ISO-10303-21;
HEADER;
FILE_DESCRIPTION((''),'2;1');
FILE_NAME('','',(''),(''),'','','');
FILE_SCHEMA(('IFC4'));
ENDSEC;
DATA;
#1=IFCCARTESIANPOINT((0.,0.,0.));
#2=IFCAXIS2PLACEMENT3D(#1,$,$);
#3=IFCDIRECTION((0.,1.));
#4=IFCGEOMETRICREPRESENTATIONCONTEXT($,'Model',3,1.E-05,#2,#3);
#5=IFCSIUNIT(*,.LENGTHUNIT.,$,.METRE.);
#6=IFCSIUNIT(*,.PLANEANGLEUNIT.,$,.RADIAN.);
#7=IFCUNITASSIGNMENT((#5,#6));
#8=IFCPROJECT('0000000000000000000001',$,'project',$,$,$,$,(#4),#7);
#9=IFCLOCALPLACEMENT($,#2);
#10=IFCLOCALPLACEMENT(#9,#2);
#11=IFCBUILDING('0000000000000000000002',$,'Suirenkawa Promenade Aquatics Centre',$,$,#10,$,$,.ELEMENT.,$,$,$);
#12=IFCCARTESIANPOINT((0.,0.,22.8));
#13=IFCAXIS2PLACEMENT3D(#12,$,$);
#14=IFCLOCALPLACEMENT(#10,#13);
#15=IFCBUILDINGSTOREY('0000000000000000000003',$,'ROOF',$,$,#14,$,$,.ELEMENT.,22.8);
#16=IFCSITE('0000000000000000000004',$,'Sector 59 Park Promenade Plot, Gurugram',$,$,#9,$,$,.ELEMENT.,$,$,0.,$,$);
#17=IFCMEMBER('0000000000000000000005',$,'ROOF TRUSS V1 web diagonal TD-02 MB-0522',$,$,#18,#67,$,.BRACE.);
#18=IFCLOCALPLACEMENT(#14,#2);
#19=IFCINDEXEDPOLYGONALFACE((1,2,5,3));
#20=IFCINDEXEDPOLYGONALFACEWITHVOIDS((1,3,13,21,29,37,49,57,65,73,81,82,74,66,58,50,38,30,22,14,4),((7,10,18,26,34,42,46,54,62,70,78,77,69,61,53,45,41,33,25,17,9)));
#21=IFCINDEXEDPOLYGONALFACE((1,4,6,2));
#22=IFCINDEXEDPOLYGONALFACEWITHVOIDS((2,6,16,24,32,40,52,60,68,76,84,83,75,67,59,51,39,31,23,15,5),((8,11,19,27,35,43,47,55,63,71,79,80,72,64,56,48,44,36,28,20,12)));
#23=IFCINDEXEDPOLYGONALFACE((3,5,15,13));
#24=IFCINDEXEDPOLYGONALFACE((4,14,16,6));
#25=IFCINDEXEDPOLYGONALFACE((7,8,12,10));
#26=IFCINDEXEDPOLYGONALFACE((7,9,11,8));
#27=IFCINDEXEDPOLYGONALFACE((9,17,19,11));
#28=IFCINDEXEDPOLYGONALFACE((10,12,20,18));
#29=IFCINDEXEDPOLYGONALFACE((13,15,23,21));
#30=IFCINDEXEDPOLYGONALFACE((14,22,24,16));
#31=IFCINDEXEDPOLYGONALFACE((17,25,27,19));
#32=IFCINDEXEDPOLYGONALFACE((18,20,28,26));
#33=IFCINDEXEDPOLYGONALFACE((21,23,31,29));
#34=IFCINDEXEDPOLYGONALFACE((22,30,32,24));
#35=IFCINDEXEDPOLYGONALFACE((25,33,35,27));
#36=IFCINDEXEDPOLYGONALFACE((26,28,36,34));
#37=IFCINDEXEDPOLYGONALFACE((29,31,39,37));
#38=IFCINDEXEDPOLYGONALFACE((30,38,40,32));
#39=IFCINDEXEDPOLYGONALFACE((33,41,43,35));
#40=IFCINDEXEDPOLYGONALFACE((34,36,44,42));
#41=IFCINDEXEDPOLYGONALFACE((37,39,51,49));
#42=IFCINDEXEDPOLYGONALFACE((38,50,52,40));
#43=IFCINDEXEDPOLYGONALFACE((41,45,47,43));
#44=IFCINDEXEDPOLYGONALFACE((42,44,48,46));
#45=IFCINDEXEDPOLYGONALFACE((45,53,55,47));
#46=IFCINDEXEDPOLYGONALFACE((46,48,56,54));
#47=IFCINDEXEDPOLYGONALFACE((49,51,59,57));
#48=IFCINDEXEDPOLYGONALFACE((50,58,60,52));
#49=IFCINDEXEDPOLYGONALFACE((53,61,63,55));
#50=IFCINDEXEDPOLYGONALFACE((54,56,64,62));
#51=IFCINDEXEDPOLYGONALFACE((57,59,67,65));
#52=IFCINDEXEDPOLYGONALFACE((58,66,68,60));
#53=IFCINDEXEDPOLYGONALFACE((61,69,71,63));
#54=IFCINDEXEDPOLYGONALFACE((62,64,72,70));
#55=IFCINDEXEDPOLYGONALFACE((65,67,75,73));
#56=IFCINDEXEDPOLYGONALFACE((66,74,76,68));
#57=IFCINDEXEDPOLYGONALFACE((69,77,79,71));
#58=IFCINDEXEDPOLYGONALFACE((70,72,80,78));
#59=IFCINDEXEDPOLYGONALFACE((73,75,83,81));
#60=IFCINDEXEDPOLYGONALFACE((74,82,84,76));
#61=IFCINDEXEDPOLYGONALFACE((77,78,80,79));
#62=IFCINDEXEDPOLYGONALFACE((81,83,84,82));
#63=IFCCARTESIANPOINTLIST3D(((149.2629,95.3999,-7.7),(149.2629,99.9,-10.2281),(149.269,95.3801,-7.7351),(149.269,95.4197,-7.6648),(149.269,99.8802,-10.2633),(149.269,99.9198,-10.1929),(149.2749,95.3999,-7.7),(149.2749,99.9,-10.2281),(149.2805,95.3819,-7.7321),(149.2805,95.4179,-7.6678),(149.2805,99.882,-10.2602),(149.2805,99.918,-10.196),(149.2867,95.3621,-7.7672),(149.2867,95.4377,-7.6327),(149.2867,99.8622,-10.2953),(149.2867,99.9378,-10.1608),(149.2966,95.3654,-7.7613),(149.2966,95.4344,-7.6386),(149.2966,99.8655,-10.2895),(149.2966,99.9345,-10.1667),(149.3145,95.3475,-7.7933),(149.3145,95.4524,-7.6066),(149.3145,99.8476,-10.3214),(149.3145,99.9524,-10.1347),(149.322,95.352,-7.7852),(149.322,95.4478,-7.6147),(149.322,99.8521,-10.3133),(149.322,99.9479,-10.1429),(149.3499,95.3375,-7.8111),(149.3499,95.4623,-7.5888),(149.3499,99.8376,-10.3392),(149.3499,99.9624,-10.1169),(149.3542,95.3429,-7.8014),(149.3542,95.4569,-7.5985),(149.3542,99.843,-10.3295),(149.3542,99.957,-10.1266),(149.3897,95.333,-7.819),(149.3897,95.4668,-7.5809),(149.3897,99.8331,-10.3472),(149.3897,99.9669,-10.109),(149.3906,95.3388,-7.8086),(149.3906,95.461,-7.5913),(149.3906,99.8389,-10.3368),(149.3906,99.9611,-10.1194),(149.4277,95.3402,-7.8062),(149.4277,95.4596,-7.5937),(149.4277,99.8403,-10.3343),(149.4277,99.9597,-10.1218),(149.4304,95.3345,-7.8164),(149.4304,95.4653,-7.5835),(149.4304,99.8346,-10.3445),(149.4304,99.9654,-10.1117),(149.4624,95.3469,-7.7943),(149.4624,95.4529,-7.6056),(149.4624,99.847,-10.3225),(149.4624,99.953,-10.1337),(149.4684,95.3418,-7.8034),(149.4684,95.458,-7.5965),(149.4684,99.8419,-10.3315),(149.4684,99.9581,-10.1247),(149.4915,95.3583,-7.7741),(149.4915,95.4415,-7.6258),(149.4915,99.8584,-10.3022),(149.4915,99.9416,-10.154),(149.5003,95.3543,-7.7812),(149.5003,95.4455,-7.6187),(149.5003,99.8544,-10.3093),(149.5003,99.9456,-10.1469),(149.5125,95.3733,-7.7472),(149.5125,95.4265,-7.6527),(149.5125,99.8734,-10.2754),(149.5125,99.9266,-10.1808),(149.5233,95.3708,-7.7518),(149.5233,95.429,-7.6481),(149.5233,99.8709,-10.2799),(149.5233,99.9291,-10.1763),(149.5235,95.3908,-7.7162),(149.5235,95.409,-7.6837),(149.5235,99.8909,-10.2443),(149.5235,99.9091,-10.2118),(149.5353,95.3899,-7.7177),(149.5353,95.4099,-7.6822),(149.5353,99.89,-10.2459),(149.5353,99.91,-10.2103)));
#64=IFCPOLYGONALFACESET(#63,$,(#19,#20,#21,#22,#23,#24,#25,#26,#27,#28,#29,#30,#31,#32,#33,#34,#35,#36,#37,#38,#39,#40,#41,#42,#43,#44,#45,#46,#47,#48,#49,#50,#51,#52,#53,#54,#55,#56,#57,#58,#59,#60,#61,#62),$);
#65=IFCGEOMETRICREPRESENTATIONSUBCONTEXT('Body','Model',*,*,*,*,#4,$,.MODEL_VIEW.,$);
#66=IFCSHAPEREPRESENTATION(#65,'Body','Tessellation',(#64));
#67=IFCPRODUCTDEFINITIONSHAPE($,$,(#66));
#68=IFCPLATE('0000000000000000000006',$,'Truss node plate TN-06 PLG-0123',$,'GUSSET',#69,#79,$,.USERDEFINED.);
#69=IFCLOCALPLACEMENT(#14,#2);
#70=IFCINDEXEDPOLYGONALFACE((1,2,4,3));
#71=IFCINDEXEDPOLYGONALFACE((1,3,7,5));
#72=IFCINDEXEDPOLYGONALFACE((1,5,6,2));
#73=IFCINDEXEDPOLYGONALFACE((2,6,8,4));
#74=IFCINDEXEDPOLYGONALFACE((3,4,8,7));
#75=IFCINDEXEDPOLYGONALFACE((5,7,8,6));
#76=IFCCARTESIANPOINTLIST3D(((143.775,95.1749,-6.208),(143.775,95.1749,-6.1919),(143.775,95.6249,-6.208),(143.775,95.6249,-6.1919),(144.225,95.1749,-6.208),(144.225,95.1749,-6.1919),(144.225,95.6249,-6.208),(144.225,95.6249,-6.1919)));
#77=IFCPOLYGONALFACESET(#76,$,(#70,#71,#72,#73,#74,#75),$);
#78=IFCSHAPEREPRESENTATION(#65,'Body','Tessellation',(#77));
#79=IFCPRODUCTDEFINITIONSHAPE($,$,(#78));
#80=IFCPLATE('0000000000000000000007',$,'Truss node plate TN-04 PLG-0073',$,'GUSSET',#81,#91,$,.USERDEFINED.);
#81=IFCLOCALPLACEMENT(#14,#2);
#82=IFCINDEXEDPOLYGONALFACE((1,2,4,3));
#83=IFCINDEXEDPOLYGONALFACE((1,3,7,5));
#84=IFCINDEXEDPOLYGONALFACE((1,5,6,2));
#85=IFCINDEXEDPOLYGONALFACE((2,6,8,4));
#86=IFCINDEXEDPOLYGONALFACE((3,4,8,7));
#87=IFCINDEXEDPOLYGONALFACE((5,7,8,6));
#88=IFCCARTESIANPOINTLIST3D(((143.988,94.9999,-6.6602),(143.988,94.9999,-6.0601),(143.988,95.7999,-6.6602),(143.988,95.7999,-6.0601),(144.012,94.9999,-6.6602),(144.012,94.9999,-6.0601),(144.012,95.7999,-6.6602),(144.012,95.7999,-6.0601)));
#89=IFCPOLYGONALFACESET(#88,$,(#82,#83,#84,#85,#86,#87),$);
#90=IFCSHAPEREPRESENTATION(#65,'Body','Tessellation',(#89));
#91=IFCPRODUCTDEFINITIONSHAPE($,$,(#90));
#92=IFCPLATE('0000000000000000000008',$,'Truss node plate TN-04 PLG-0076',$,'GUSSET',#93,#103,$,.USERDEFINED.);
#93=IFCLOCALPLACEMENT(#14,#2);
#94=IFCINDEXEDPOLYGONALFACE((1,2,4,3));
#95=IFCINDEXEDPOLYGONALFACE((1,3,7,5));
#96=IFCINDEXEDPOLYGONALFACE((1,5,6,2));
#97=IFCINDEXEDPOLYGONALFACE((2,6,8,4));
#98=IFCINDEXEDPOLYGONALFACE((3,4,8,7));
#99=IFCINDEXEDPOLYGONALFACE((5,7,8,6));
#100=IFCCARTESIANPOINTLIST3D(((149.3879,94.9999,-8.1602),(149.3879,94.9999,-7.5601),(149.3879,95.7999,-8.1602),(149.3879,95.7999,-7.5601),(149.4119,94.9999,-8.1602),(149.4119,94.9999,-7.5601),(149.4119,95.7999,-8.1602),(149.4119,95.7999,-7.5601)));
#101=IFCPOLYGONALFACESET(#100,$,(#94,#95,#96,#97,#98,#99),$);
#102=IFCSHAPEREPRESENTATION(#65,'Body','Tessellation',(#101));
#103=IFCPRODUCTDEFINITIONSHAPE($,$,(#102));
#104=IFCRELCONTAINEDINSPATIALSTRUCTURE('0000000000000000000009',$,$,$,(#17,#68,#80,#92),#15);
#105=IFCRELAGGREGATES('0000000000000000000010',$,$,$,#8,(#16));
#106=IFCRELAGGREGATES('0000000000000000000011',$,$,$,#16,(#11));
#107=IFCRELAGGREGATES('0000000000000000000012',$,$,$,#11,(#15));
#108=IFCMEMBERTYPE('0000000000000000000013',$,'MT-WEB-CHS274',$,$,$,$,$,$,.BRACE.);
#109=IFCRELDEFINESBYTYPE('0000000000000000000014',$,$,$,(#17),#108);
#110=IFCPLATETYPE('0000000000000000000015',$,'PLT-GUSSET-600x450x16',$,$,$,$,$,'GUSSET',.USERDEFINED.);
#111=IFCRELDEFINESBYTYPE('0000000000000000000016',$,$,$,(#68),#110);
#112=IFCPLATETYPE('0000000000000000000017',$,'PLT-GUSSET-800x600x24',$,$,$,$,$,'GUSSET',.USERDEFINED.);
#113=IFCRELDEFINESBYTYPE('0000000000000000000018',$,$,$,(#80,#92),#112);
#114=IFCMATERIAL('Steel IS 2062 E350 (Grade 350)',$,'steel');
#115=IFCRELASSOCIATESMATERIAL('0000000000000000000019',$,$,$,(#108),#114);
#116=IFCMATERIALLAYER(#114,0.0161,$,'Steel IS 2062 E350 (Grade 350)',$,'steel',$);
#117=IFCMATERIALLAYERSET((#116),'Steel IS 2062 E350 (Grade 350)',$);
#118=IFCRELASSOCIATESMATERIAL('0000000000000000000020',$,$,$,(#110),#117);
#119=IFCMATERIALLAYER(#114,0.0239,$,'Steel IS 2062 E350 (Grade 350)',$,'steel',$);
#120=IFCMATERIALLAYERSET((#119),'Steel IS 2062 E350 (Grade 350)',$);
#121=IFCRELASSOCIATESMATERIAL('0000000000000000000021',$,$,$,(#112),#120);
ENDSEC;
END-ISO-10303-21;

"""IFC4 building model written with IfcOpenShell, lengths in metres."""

from ifc_helpers import new_model, si_unit, direction, frame, origin, origin_2d, place, context, subcontext, project, spatial, rectangle, hollow_circle, extrude, material, layer, layer_set, material_profile, profile_set, type_object, element, save


model = new_model("IFC4")

# Units and contexts
model_context = context("Model", 3, precision=1e-05, world=origin(), true_north=direction((0.0, 1.0)))
body_context = subcontext(model_context, "Body", "Model", "MODEL_VIEW")
ifc_project = project(units=[si_unit("LENGTHUNIT", "METRE"), si_unit("PLANEANGLEUNIT", "RADIAN")], contexts=[model_context])

# Site, building, storey
site_placement = place(None, origin())
site = spatial("IfcSite", under=ifc_project, at=site_placement, Name="Sector 59 Park Promenade Plot, Gurugram", CompositionType="ELEMENT", RefElevation=0.0)
building_placement = place(site_placement, origin())
building = spatial("IfcBuilding", under=site, at=building_placement, Name="Suirenkawa Promenade Aquatics Centre", CompositionType="ELEMENT")
storey_placement = place(building_placement, frame((0.0, 0.0, 22.8)))
storey = spatial("IfcBuildingStorey", under=building, at=storey_placement, Name="ROOF", CompositionType="ELEMENT", Elevation=22.8)

# Shared definitions
ifc_material = material(Name="Steel IS 2062 E350 (Grade 350)", Category="steel")

# Member
ifc_material_profile_1 = material_profile(ifc_material, hollow_circle(Radius=0.137, WallThickness=0.012, at=origin_2d()), Name="CHS 274x12", Category="steel")
ifc_profile_set_1 = profile_set([ifc_material_profile_1], Name="Steel IS 2062 E350 (Grade 350)")
member_type_1 = type_object("IfcMemberType", Name="MT-WEB-CHS274", PredefinedType="BRACE", material=ifc_profile_set_1)
member_1_placement = place(storey_placement, frame((149.3999, 95.3999, -7.7), z_axis=(0.0, 0.871838, -0.489794), x_axis=(-1.0, 0.0, 0.0)))
element("IfcMember", 1, at=member_1_placement, inside=storey, type_object=member_type_1, Name="ROOF TRUSS V1 web diagonal TD-02 MB-0522", PredefinedType="BRACE", context=body_context, shape_type="SweptSolid", body=[
    extrude(hollow_circle(Radius=0.137, WallThickness=0.012, at=origin_2d()), origin(), (0.0, 0.0, 1.0), 5.1616),
])

# Plates
ifc_layer_1 = layer(ifc_material, 0.0161, Name="Steel IS 2062 E350 (Grade 350)", Category="steel")
ifc_layer_set_1 = layer_set([ifc_layer_1], Name="Steel IS 2062 E350 (Grade 350)")
plate_type_1 = type_object("IfcPlateType", Name="PLT-GUSSET-600x450x16", ElementType="GUSSET", PredefinedType="USERDEFINED", material=ifc_layer_set_1)
plate_placement = place(storey_placement, frame((144.0, 95.3999, -6.208), z_axis=(0.0, 0.0, 1.0), x_axis=(1.0, 0.0, 0.0)))
element("IfcPlate", 2, at=plate_placement, inside=storey, type_object=plate_type_1, Name="Truss node plate TN-06 PLG-0123", ObjectType="GUSSET", PredefinedType="USERDEFINED", context=body_context, shape_type="SweptSolid", body=[
    extrude(rectangle(XDim=0.45, YDim=0.45, at=origin_2d()), origin(), (0.0, 0.0, 1.0), 0.0161),
])
ifc_layer_2 = layer(ifc_material, 0.0239, Name="Steel IS 2062 E350 (Grade 350)", Category="steel")
ifc_layer_set_2 = layer_set([ifc_layer_2], Name="Steel IS 2062 E350 (Grade 350)")
plate_type_2 = type_object("IfcPlateType", Name="PLT-GUSSET-800x600x24", ElementType="GUSSET", PredefinedType="USERDEFINED", material=ifc_layer_set_2)
for number, where, z_axis, x_axis, name in (
    (3, (144.0, 95.3999, -6.6602), (0.0, 0.0, 1.0), (0.0, 1.0, 0.0), "Truss node plate TN-04 PLG-0073"),
    (4, (149.3999, 95.3999, -8.1602), (0.0, 0.0, 1.0), (0.0, 1.0, 0.0), "Truss node plate TN-04 PLG-0076"),
):
    element("IfcPlate", number, at=place(storey_placement, frame(where, z_axis=z_axis, x_axis=x_axis)), inside=storey, type_object=plate_type_2, Name=name, ObjectType="GUSSET", PredefinedType="USERDEFINED", context=body_context, shape_type="SweptSolid", body=[
        extrude(rectangle(XDim=0.8, YDim=0.0239, at=origin_2d()), origin(), (0.0, 0.0, 1.0), 0.6001),
    ])

save(model, "model.ifc")
